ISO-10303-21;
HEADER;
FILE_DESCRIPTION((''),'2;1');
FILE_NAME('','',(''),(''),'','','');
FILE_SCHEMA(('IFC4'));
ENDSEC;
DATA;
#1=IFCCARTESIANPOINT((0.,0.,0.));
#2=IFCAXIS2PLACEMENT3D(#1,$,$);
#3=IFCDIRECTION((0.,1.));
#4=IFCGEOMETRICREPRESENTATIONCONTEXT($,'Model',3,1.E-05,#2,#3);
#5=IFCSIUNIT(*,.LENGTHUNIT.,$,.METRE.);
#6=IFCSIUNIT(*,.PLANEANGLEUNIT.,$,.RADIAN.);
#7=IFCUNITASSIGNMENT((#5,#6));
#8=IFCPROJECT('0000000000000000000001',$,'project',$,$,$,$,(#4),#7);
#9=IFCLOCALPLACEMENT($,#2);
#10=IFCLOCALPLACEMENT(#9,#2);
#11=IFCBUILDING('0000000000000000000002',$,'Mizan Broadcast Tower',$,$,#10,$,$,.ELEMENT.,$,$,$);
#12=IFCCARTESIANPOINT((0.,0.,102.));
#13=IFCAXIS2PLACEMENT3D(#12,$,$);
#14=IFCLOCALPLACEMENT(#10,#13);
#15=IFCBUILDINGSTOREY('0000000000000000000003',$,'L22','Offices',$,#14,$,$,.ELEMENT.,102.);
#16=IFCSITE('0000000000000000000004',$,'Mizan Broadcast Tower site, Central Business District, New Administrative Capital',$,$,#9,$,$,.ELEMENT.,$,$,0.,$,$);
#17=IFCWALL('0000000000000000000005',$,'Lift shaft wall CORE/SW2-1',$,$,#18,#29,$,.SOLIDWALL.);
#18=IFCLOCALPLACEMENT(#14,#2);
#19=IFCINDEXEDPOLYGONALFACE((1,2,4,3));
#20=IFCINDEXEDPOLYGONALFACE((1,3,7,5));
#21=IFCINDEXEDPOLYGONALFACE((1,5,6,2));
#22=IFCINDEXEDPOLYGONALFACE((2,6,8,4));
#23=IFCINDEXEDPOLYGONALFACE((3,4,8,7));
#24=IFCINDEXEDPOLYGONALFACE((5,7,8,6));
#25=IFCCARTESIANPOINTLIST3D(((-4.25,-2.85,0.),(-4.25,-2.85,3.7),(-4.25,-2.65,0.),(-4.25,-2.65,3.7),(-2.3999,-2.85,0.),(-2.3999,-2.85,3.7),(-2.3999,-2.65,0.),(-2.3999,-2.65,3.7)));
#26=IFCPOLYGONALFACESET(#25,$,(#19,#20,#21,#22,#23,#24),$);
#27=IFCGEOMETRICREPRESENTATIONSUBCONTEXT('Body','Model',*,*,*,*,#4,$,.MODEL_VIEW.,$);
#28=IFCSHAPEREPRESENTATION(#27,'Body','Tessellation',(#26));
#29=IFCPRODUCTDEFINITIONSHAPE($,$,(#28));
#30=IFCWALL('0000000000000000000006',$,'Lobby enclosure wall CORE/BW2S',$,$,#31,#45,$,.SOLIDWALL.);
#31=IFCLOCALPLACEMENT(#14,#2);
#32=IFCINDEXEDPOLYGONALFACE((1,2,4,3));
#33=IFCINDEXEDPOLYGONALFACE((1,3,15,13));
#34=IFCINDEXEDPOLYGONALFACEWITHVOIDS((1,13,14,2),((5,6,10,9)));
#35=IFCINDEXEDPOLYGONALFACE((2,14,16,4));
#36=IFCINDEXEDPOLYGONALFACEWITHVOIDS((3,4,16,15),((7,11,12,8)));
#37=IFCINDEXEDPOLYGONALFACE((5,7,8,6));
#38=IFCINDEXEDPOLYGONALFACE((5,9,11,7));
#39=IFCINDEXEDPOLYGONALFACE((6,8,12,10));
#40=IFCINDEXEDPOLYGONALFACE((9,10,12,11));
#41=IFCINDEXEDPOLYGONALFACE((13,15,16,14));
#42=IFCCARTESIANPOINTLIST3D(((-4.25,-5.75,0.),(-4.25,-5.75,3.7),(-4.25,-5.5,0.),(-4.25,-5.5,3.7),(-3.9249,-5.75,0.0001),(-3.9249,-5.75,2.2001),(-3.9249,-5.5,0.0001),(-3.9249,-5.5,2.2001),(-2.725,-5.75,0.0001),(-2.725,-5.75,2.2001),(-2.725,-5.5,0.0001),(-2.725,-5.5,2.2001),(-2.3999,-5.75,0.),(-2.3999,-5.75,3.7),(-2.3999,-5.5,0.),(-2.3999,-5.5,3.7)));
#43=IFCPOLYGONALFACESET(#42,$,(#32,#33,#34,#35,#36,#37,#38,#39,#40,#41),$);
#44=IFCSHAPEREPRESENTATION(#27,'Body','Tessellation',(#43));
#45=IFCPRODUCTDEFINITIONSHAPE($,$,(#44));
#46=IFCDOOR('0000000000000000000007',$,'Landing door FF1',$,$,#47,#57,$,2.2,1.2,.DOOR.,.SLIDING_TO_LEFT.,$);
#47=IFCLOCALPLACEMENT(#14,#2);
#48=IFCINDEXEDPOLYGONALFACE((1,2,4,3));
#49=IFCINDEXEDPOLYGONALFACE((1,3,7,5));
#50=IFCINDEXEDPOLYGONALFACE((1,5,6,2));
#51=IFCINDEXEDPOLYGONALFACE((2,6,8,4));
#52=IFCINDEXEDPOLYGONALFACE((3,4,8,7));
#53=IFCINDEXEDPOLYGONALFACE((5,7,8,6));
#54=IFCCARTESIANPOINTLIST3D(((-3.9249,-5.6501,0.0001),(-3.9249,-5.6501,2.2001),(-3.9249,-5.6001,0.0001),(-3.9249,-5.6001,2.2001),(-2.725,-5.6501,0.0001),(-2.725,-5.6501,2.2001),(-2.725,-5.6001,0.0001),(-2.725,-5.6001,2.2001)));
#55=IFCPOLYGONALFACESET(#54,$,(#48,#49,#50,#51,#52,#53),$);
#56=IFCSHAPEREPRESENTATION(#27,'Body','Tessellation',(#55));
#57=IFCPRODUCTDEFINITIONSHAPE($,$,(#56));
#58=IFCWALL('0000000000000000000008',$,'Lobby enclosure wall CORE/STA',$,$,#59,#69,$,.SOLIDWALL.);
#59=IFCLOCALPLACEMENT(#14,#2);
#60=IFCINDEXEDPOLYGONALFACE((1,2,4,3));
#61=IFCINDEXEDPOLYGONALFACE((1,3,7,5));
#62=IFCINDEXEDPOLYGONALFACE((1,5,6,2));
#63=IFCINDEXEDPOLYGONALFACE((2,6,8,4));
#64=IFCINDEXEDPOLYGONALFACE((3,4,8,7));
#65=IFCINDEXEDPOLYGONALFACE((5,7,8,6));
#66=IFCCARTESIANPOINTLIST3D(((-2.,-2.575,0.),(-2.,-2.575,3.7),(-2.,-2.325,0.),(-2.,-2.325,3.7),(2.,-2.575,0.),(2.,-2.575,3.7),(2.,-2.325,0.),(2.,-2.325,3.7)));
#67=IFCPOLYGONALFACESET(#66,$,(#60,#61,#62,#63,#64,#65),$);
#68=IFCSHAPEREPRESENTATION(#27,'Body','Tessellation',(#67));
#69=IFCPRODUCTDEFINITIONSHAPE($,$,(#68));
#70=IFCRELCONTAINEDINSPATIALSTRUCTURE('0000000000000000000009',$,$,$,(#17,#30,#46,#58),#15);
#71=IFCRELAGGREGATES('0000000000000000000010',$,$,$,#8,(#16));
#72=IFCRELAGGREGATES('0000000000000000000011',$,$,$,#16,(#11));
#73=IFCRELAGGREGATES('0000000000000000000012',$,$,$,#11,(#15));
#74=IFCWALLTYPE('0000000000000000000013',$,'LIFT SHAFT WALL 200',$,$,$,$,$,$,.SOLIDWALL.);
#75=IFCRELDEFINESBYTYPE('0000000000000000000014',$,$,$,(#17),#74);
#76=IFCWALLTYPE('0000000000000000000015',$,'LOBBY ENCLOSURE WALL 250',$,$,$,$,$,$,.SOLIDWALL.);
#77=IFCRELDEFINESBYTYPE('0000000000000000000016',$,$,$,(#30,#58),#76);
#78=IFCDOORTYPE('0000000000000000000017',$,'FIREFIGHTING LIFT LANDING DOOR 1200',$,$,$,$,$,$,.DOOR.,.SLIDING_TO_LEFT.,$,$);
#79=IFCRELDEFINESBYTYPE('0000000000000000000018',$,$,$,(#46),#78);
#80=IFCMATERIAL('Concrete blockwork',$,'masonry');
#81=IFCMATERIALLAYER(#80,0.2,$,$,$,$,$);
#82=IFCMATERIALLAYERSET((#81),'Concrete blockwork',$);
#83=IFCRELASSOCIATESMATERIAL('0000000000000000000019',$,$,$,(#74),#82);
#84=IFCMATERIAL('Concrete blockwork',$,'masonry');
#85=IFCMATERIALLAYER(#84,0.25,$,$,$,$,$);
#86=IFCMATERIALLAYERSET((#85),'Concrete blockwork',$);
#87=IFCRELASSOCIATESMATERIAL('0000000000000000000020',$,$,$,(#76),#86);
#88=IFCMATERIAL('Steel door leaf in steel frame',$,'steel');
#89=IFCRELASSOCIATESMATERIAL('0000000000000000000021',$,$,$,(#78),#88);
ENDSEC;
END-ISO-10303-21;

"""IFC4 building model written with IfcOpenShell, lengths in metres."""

from ifc_helpers import new_model, si_unit, direction, frame, frame_2d, origin, place, context, subcontext, project, spatial, rectangle, extrude, material, layer, layer_set, type_object, element, fill, save


model = new_model("IFC4")

# Units and contexts
model_context = context("Model", 3, precision=1e-05, world=origin(), true_north=direction((0.0, 1.0)))
body_context = subcontext(model_context, "Body", "Model", "MODEL_VIEW")
ifc_project = project(units=[si_unit("LENGTHUNIT", "METRE"), si_unit("PLANEANGLEUNIT", "RADIAN")], contexts=[model_context])

# Site, building, storey
site_placement = place(None, origin())
site = spatial("IfcSite", under=ifc_project, at=site_placement, Name="Mizan Broadcast Tower site, Central Business District, New Administrative Capital", CompositionType="ELEMENT", RefElevation=0.0)
building_placement = place(site_placement, origin())
building = spatial("IfcBuilding", under=site, at=building_placement, Name="Mizan Broadcast Tower", CompositionType="ELEMENT")
storey_placement = place(building_placement, frame((0.0, 0.0, 102.0)))
storey = spatial("IfcBuildingStorey", under=building, at=storey_placement, Name="L22", Description="Offices", CompositionType="ELEMENT", Elevation=102.0)

# Wall
ifc_material_1 = material(Name="Concrete blockwork", Category="masonry")
ifc_layer_1 = layer(ifc_material_1, 0.2)
ifc_layer_set_1 = layer_set([ifc_layer_1], Name="Concrete blockwork")
wall_type_1 = type_object("IfcWallType", Name="LIFT SHAFT WALL 200", PredefinedType="SOLIDWALL", material=ifc_layer_set_1)
wall_1_placement = place(storey_placement, frame((-4.25, -2.75, 0.0), z_axis=(0.0, 0.0, 1.0), x_axis=(1.0, 0.0, 0.0)))
element("IfcWall", 1, at=wall_1_placement, inside=storey, type_object=wall_type_1, Name="Lift shaft wall CORE/SW2-1", PredefinedType="SOLIDWALL", context=body_context, shape_type="SweptSolid", body=[
    extrude(rectangle(XDim=1.8501, YDim=0.2, at=frame_2d((0.925, 0.0))), origin(), (0.0, 0.0, 1.0), 3.7),
])

# Wall, opening, door
ifc_material_2 = material(Name="Concrete blockwork", Category="masonry")
ifc_layer_2 = layer(ifc_material_2, 0.25)
ifc_layer_set_2 = layer_set([ifc_layer_2], Name="Concrete blockwork")
wall_type_2 = type_object("IfcWallType", Name="LOBBY ENCLOSURE WALL 250", PredefinedType="SOLIDWALL", material=ifc_layer_set_2)
wall_2_placement = place(storey_placement, frame((-4.25, -5.625, 0.0), z_axis=(0.0, 0.0, 1.0), x_axis=(1.0, 0.0, 0.0)))
wall_2 = element("IfcWall", 2, at=wall_2_placement, inside=storey, type_object=wall_type_2, Name="Lobby enclosure wall CORE/BW2S", PredefinedType="SOLIDWALL", context=body_context, shape_type="SweptSolid", body=[
    extrude(rectangle(XDim=1.8501, YDim=0.25, at=frame_2d((0.925, 0.0))), origin(), (0.0, 0.0, 1.0), 3.7),
])
opening_1_placement = place(wall_2_placement, frame((0.325, 0.0, 0.0)))
opening_1 = element("IfcOpeningElement", 3, at=opening_1_placement, cuts=wall_2, PredefinedType="OPENING", context=body_context, shape_type="SweptSolid", body=[
    extrude(rectangle(XDim=1.2, YDim=2.2, at=frame_2d((0.6001, 1.1001))), frame((0.0, 0.135, 0.0), z_axis=(0.0, -1.0, 0.0), x_axis=(1.0, 0.0, 0.0)), (0.0, 0.0, 1.0), 0.27),
])
ifc_material_3 = material(Name="Steel door leaf in steel frame", Category="steel")
door_type_1 = type_object("IfcDoorType", Name="FIREFIGHTING LIFT LANDING DOOR 1200", OperationType="SLIDING_TO_LEFT", PredefinedType="DOOR", material=ifc_material_3)
door_1_placement = place(opening_1_placement, origin())
door_1 = element("IfcDoor", 4, at=door_1_placement, inside=storey, type_object=door_type_1, Name="Landing door FF1", OperationType="SLIDING_TO_LEFT", OverallHeight=2.2, OverallWidth=1.2, PredefinedType="DOOR", context=body_context, shape_type="SweptSolid", body=[
    extrude(rectangle(XDim=1.2, YDim=2.2, at=frame_2d((0.6001, 1.1001))), frame((0.0, 0.0249, 0.0), z_axis=(0.0, -1.0, 0.0), x_axis=(1.0, 0.0, 0.0)), (0.0, 0.0, 1.0), 0.05),
])
fill(opening_1, door_1)

# Wall
wall_3_placement = place(storey_placement, frame((-2.0, -2.45, 0.0), z_axis=(0.0, 0.0, 1.0), x_axis=(1.0, 0.0, 0.0)))
element("IfcWall", 5, at=wall_3_placement, inside=storey, type_object=wall_type_2, Name="Lobby enclosure wall CORE/STA", PredefinedType="SOLIDWALL", context=body_context, shape_type="SweptSolid", body=[
    extrude(rectangle(XDim=4.0, YDim=0.25, at=frame_2d((2.0, 0.0))), origin(), (0.0, 0.0, 1.0), 3.7),
])

save(model, "model.ifc")
